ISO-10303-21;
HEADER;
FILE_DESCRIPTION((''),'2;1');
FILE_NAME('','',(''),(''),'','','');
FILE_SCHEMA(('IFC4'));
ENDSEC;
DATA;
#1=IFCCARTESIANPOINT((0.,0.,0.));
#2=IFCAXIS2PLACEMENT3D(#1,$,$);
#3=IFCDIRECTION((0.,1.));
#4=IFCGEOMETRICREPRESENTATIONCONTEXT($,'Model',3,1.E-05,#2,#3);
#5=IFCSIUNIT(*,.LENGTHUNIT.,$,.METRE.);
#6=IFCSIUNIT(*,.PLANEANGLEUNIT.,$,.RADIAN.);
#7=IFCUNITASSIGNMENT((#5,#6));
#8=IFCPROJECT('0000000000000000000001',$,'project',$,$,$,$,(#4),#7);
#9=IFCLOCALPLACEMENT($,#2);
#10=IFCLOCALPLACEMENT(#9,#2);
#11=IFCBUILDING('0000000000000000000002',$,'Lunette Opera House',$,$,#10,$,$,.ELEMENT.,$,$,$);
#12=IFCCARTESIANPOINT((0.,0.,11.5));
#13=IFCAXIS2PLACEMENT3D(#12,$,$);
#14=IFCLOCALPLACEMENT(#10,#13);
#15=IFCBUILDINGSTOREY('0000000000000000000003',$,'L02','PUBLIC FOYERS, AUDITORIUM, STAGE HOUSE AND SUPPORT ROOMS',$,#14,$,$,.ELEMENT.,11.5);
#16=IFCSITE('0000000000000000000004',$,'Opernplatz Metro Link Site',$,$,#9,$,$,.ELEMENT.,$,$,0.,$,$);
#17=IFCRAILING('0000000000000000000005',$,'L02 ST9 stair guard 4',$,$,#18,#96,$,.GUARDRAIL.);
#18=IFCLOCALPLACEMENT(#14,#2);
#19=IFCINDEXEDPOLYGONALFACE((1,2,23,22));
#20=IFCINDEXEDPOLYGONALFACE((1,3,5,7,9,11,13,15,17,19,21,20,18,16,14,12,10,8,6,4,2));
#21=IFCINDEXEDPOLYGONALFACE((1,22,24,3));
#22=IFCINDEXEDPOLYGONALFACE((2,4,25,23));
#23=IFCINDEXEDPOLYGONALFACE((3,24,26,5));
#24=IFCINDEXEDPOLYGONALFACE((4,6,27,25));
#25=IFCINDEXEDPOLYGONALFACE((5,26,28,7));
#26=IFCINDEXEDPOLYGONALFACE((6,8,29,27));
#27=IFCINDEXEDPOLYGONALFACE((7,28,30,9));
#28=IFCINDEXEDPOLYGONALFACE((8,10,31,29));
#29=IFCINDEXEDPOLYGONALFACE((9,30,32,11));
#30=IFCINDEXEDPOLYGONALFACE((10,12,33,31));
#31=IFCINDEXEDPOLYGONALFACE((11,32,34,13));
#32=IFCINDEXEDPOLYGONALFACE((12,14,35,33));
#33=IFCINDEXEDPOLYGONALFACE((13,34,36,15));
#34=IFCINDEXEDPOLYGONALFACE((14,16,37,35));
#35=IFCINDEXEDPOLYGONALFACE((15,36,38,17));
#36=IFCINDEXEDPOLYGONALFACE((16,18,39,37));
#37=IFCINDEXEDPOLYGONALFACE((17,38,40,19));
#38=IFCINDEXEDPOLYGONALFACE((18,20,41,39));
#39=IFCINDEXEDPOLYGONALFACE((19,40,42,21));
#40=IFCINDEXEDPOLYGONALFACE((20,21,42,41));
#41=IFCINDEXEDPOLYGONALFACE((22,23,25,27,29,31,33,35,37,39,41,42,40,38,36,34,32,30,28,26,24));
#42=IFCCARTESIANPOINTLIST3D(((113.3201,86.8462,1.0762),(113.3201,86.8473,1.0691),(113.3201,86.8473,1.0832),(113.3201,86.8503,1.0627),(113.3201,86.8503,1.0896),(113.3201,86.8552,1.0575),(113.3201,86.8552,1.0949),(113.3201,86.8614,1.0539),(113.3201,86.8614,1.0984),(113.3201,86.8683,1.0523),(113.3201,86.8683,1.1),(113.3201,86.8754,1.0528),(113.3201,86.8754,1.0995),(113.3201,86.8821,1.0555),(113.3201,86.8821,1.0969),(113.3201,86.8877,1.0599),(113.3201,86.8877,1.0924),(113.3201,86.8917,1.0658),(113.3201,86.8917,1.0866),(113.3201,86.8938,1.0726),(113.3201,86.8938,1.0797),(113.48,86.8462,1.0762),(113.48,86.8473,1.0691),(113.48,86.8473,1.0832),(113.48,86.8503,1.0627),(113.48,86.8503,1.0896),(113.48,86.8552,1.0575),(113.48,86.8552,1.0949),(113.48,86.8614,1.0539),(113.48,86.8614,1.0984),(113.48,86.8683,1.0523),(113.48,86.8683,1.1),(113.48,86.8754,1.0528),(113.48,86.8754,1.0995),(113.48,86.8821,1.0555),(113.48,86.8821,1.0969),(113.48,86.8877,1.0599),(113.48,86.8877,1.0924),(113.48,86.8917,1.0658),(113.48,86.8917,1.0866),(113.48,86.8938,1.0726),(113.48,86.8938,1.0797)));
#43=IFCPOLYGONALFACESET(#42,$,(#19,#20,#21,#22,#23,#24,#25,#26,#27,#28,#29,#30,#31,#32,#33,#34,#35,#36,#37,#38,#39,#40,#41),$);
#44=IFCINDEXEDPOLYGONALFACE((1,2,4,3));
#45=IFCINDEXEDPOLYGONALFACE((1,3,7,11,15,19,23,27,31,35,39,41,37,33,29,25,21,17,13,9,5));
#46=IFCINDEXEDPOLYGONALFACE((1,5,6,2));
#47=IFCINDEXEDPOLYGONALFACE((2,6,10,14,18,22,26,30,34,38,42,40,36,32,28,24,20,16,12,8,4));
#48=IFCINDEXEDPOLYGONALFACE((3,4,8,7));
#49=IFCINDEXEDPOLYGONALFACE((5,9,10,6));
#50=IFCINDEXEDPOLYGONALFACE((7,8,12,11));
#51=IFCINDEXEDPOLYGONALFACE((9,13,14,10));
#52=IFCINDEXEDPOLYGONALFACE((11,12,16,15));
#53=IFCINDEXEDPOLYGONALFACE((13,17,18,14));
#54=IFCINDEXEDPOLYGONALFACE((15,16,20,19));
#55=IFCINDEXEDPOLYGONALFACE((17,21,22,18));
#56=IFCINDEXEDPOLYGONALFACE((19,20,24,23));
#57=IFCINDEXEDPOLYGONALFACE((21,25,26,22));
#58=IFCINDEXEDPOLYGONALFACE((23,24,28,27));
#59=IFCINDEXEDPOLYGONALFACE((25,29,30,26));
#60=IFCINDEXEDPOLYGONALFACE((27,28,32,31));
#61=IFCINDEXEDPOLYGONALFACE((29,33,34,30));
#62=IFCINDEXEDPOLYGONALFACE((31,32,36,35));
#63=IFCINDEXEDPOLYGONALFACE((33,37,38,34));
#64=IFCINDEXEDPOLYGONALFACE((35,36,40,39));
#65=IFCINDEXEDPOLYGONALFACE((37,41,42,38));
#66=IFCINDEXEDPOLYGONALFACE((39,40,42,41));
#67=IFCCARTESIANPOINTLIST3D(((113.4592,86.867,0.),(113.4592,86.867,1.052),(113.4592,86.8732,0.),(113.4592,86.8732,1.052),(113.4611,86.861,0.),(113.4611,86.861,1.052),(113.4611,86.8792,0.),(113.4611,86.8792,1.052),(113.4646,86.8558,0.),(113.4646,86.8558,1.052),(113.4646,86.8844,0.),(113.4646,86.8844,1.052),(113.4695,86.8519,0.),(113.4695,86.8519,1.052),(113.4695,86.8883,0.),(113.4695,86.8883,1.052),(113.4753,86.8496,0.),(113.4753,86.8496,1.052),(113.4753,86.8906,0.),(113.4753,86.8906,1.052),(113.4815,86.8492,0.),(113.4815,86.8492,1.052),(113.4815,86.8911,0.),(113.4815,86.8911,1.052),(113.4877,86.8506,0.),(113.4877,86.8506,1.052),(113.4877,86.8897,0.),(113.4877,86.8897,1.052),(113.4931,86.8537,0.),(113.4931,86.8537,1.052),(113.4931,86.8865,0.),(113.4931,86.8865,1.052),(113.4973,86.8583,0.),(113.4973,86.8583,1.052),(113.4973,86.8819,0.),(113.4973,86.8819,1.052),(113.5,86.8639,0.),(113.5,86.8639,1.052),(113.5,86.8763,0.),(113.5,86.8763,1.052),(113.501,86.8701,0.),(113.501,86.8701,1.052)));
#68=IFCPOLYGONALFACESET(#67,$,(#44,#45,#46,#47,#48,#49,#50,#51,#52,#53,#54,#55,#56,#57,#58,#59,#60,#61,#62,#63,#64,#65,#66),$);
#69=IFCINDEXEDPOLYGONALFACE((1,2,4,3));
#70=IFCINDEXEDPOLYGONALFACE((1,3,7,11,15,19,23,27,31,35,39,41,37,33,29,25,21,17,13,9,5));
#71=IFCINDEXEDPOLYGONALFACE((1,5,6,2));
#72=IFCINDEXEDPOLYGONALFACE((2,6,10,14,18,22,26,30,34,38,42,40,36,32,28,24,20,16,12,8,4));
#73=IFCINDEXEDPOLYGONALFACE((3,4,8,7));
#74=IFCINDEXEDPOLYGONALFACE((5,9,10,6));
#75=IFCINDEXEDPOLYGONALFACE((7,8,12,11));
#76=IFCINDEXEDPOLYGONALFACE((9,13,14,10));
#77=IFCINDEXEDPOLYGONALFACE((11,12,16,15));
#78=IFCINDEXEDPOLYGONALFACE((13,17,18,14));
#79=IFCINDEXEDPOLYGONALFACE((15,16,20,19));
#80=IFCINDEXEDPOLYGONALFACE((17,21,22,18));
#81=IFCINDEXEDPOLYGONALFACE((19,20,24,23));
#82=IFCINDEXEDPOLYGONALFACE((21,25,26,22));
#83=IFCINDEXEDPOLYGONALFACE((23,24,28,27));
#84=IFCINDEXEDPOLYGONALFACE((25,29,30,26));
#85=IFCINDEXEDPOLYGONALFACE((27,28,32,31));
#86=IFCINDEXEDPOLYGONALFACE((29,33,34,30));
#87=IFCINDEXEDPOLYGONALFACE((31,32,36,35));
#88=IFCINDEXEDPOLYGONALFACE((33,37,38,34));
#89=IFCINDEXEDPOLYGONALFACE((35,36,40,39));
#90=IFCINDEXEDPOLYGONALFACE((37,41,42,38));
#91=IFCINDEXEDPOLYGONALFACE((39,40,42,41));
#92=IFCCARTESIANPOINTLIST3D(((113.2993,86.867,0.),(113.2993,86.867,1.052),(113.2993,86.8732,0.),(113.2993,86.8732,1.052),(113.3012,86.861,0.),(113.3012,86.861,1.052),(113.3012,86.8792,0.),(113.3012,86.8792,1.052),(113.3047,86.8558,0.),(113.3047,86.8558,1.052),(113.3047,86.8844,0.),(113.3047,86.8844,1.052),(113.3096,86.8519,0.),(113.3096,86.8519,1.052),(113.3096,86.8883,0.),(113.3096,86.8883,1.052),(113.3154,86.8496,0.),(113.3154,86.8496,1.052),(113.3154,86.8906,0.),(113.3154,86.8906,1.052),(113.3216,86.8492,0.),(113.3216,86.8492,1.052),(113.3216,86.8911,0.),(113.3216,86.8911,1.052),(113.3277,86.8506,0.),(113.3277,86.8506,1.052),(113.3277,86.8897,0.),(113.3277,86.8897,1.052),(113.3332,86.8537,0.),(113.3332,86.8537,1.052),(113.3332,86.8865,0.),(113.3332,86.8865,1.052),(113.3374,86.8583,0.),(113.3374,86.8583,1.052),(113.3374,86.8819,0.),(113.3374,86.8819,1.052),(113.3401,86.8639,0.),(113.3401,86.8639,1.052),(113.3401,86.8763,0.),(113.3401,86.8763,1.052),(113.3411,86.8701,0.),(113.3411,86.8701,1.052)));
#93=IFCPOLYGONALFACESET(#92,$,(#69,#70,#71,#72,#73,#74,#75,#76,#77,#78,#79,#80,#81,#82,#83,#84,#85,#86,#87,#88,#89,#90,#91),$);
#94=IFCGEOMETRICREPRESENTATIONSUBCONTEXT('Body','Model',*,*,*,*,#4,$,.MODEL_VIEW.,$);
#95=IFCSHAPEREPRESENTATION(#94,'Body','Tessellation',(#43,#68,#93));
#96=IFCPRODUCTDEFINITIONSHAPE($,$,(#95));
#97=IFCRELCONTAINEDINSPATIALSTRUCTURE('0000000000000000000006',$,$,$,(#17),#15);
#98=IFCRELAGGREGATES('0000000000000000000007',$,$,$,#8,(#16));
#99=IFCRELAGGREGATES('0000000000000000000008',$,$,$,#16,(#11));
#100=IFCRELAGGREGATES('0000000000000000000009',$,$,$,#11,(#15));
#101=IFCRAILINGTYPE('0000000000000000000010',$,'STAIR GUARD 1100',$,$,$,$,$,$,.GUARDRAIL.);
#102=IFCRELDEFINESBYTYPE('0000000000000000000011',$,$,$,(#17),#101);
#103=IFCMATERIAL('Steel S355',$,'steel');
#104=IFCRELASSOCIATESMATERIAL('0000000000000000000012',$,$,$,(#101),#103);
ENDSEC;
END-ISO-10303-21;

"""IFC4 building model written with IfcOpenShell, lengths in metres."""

from ifc_helpers import new_model, si_unit, direction, frame, origin, origin_2d, place, context, subcontext, project, spatial, circle, extrude, material, type_object, element, save


model = new_model("IFC4")

# Units and contexts
model_context = context("Model", 3, precision=1e-05, world=origin(), true_north=direction((0.0, 1.0)))
body_context = subcontext(model_context, "Body", "Model", "MODEL_VIEW")
ifc_project = project(units=[si_unit("LENGTHUNIT", "METRE"), si_unit("PLANEANGLEUNIT", "RADIAN")], contexts=[model_context])

# Site, building, storey
site_placement = place(None, origin())
site = spatial("IfcSite", under=ifc_project, at=site_placement, Name="Opernplatz Metro Link Site", CompositionType="ELEMENT", RefElevation=0.0)
building_placement = place(site_placement, origin())
building = spatial("IfcBuilding", under=site, at=building_placement, Name="Lunette Opera House", CompositionType="ELEMENT")
storey_placement = place(building_placement, frame((0.0, 0.0, 11.5)))
storey = spatial("IfcBuildingStorey", under=building, at=storey_placement, Name="L02", Description="PUBLIC FOYERS, AUDITORIUM, STAGE HOUSE AND SUPPORT ROOMS", CompositionType="ELEMENT", Elevation=11.5)

# Railing
ifc_material_1 = material(Name="Steel S355", Category="steel")
railing_type_1 = type_object("IfcRailingType", Name="STAIR GUARD 1100", PredefinedType="GUARDRAIL", material=ifc_material_1)
railing_1_placement = place(storey_placement, frame((113.48, 86.8701, 0.0)))
element("IfcRailing", 1, at=railing_1_placement, inside=storey, type_object=railing_type_1, Name="L02 ST9 stair guard 4", PredefinedType="GUARDRAIL", context=body_context, shape_type="SweptSolid", body=[
    extrude(circle(Radius=0.0239, at=origin_2d()), frame((0.0, 0.0, 1.0762), z_axis=(-1.0, 0.0, 0.0), x_axis=(0.0, -1.0, 0.0)), (0.0, 0.0, 1.0), 0.1599),
    extrude(circle(Radius=0.021, at=origin_2d()), origin(), (0.0, 0.0, 1.0), 1.052),
    extrude(circle(Radius=0.021, at=origin_2d()), frame((-0.1599, 0.0, 0.0)), (0.0, 0.0, 1.0), 1.052),
])

save(model, "model.ifc")
